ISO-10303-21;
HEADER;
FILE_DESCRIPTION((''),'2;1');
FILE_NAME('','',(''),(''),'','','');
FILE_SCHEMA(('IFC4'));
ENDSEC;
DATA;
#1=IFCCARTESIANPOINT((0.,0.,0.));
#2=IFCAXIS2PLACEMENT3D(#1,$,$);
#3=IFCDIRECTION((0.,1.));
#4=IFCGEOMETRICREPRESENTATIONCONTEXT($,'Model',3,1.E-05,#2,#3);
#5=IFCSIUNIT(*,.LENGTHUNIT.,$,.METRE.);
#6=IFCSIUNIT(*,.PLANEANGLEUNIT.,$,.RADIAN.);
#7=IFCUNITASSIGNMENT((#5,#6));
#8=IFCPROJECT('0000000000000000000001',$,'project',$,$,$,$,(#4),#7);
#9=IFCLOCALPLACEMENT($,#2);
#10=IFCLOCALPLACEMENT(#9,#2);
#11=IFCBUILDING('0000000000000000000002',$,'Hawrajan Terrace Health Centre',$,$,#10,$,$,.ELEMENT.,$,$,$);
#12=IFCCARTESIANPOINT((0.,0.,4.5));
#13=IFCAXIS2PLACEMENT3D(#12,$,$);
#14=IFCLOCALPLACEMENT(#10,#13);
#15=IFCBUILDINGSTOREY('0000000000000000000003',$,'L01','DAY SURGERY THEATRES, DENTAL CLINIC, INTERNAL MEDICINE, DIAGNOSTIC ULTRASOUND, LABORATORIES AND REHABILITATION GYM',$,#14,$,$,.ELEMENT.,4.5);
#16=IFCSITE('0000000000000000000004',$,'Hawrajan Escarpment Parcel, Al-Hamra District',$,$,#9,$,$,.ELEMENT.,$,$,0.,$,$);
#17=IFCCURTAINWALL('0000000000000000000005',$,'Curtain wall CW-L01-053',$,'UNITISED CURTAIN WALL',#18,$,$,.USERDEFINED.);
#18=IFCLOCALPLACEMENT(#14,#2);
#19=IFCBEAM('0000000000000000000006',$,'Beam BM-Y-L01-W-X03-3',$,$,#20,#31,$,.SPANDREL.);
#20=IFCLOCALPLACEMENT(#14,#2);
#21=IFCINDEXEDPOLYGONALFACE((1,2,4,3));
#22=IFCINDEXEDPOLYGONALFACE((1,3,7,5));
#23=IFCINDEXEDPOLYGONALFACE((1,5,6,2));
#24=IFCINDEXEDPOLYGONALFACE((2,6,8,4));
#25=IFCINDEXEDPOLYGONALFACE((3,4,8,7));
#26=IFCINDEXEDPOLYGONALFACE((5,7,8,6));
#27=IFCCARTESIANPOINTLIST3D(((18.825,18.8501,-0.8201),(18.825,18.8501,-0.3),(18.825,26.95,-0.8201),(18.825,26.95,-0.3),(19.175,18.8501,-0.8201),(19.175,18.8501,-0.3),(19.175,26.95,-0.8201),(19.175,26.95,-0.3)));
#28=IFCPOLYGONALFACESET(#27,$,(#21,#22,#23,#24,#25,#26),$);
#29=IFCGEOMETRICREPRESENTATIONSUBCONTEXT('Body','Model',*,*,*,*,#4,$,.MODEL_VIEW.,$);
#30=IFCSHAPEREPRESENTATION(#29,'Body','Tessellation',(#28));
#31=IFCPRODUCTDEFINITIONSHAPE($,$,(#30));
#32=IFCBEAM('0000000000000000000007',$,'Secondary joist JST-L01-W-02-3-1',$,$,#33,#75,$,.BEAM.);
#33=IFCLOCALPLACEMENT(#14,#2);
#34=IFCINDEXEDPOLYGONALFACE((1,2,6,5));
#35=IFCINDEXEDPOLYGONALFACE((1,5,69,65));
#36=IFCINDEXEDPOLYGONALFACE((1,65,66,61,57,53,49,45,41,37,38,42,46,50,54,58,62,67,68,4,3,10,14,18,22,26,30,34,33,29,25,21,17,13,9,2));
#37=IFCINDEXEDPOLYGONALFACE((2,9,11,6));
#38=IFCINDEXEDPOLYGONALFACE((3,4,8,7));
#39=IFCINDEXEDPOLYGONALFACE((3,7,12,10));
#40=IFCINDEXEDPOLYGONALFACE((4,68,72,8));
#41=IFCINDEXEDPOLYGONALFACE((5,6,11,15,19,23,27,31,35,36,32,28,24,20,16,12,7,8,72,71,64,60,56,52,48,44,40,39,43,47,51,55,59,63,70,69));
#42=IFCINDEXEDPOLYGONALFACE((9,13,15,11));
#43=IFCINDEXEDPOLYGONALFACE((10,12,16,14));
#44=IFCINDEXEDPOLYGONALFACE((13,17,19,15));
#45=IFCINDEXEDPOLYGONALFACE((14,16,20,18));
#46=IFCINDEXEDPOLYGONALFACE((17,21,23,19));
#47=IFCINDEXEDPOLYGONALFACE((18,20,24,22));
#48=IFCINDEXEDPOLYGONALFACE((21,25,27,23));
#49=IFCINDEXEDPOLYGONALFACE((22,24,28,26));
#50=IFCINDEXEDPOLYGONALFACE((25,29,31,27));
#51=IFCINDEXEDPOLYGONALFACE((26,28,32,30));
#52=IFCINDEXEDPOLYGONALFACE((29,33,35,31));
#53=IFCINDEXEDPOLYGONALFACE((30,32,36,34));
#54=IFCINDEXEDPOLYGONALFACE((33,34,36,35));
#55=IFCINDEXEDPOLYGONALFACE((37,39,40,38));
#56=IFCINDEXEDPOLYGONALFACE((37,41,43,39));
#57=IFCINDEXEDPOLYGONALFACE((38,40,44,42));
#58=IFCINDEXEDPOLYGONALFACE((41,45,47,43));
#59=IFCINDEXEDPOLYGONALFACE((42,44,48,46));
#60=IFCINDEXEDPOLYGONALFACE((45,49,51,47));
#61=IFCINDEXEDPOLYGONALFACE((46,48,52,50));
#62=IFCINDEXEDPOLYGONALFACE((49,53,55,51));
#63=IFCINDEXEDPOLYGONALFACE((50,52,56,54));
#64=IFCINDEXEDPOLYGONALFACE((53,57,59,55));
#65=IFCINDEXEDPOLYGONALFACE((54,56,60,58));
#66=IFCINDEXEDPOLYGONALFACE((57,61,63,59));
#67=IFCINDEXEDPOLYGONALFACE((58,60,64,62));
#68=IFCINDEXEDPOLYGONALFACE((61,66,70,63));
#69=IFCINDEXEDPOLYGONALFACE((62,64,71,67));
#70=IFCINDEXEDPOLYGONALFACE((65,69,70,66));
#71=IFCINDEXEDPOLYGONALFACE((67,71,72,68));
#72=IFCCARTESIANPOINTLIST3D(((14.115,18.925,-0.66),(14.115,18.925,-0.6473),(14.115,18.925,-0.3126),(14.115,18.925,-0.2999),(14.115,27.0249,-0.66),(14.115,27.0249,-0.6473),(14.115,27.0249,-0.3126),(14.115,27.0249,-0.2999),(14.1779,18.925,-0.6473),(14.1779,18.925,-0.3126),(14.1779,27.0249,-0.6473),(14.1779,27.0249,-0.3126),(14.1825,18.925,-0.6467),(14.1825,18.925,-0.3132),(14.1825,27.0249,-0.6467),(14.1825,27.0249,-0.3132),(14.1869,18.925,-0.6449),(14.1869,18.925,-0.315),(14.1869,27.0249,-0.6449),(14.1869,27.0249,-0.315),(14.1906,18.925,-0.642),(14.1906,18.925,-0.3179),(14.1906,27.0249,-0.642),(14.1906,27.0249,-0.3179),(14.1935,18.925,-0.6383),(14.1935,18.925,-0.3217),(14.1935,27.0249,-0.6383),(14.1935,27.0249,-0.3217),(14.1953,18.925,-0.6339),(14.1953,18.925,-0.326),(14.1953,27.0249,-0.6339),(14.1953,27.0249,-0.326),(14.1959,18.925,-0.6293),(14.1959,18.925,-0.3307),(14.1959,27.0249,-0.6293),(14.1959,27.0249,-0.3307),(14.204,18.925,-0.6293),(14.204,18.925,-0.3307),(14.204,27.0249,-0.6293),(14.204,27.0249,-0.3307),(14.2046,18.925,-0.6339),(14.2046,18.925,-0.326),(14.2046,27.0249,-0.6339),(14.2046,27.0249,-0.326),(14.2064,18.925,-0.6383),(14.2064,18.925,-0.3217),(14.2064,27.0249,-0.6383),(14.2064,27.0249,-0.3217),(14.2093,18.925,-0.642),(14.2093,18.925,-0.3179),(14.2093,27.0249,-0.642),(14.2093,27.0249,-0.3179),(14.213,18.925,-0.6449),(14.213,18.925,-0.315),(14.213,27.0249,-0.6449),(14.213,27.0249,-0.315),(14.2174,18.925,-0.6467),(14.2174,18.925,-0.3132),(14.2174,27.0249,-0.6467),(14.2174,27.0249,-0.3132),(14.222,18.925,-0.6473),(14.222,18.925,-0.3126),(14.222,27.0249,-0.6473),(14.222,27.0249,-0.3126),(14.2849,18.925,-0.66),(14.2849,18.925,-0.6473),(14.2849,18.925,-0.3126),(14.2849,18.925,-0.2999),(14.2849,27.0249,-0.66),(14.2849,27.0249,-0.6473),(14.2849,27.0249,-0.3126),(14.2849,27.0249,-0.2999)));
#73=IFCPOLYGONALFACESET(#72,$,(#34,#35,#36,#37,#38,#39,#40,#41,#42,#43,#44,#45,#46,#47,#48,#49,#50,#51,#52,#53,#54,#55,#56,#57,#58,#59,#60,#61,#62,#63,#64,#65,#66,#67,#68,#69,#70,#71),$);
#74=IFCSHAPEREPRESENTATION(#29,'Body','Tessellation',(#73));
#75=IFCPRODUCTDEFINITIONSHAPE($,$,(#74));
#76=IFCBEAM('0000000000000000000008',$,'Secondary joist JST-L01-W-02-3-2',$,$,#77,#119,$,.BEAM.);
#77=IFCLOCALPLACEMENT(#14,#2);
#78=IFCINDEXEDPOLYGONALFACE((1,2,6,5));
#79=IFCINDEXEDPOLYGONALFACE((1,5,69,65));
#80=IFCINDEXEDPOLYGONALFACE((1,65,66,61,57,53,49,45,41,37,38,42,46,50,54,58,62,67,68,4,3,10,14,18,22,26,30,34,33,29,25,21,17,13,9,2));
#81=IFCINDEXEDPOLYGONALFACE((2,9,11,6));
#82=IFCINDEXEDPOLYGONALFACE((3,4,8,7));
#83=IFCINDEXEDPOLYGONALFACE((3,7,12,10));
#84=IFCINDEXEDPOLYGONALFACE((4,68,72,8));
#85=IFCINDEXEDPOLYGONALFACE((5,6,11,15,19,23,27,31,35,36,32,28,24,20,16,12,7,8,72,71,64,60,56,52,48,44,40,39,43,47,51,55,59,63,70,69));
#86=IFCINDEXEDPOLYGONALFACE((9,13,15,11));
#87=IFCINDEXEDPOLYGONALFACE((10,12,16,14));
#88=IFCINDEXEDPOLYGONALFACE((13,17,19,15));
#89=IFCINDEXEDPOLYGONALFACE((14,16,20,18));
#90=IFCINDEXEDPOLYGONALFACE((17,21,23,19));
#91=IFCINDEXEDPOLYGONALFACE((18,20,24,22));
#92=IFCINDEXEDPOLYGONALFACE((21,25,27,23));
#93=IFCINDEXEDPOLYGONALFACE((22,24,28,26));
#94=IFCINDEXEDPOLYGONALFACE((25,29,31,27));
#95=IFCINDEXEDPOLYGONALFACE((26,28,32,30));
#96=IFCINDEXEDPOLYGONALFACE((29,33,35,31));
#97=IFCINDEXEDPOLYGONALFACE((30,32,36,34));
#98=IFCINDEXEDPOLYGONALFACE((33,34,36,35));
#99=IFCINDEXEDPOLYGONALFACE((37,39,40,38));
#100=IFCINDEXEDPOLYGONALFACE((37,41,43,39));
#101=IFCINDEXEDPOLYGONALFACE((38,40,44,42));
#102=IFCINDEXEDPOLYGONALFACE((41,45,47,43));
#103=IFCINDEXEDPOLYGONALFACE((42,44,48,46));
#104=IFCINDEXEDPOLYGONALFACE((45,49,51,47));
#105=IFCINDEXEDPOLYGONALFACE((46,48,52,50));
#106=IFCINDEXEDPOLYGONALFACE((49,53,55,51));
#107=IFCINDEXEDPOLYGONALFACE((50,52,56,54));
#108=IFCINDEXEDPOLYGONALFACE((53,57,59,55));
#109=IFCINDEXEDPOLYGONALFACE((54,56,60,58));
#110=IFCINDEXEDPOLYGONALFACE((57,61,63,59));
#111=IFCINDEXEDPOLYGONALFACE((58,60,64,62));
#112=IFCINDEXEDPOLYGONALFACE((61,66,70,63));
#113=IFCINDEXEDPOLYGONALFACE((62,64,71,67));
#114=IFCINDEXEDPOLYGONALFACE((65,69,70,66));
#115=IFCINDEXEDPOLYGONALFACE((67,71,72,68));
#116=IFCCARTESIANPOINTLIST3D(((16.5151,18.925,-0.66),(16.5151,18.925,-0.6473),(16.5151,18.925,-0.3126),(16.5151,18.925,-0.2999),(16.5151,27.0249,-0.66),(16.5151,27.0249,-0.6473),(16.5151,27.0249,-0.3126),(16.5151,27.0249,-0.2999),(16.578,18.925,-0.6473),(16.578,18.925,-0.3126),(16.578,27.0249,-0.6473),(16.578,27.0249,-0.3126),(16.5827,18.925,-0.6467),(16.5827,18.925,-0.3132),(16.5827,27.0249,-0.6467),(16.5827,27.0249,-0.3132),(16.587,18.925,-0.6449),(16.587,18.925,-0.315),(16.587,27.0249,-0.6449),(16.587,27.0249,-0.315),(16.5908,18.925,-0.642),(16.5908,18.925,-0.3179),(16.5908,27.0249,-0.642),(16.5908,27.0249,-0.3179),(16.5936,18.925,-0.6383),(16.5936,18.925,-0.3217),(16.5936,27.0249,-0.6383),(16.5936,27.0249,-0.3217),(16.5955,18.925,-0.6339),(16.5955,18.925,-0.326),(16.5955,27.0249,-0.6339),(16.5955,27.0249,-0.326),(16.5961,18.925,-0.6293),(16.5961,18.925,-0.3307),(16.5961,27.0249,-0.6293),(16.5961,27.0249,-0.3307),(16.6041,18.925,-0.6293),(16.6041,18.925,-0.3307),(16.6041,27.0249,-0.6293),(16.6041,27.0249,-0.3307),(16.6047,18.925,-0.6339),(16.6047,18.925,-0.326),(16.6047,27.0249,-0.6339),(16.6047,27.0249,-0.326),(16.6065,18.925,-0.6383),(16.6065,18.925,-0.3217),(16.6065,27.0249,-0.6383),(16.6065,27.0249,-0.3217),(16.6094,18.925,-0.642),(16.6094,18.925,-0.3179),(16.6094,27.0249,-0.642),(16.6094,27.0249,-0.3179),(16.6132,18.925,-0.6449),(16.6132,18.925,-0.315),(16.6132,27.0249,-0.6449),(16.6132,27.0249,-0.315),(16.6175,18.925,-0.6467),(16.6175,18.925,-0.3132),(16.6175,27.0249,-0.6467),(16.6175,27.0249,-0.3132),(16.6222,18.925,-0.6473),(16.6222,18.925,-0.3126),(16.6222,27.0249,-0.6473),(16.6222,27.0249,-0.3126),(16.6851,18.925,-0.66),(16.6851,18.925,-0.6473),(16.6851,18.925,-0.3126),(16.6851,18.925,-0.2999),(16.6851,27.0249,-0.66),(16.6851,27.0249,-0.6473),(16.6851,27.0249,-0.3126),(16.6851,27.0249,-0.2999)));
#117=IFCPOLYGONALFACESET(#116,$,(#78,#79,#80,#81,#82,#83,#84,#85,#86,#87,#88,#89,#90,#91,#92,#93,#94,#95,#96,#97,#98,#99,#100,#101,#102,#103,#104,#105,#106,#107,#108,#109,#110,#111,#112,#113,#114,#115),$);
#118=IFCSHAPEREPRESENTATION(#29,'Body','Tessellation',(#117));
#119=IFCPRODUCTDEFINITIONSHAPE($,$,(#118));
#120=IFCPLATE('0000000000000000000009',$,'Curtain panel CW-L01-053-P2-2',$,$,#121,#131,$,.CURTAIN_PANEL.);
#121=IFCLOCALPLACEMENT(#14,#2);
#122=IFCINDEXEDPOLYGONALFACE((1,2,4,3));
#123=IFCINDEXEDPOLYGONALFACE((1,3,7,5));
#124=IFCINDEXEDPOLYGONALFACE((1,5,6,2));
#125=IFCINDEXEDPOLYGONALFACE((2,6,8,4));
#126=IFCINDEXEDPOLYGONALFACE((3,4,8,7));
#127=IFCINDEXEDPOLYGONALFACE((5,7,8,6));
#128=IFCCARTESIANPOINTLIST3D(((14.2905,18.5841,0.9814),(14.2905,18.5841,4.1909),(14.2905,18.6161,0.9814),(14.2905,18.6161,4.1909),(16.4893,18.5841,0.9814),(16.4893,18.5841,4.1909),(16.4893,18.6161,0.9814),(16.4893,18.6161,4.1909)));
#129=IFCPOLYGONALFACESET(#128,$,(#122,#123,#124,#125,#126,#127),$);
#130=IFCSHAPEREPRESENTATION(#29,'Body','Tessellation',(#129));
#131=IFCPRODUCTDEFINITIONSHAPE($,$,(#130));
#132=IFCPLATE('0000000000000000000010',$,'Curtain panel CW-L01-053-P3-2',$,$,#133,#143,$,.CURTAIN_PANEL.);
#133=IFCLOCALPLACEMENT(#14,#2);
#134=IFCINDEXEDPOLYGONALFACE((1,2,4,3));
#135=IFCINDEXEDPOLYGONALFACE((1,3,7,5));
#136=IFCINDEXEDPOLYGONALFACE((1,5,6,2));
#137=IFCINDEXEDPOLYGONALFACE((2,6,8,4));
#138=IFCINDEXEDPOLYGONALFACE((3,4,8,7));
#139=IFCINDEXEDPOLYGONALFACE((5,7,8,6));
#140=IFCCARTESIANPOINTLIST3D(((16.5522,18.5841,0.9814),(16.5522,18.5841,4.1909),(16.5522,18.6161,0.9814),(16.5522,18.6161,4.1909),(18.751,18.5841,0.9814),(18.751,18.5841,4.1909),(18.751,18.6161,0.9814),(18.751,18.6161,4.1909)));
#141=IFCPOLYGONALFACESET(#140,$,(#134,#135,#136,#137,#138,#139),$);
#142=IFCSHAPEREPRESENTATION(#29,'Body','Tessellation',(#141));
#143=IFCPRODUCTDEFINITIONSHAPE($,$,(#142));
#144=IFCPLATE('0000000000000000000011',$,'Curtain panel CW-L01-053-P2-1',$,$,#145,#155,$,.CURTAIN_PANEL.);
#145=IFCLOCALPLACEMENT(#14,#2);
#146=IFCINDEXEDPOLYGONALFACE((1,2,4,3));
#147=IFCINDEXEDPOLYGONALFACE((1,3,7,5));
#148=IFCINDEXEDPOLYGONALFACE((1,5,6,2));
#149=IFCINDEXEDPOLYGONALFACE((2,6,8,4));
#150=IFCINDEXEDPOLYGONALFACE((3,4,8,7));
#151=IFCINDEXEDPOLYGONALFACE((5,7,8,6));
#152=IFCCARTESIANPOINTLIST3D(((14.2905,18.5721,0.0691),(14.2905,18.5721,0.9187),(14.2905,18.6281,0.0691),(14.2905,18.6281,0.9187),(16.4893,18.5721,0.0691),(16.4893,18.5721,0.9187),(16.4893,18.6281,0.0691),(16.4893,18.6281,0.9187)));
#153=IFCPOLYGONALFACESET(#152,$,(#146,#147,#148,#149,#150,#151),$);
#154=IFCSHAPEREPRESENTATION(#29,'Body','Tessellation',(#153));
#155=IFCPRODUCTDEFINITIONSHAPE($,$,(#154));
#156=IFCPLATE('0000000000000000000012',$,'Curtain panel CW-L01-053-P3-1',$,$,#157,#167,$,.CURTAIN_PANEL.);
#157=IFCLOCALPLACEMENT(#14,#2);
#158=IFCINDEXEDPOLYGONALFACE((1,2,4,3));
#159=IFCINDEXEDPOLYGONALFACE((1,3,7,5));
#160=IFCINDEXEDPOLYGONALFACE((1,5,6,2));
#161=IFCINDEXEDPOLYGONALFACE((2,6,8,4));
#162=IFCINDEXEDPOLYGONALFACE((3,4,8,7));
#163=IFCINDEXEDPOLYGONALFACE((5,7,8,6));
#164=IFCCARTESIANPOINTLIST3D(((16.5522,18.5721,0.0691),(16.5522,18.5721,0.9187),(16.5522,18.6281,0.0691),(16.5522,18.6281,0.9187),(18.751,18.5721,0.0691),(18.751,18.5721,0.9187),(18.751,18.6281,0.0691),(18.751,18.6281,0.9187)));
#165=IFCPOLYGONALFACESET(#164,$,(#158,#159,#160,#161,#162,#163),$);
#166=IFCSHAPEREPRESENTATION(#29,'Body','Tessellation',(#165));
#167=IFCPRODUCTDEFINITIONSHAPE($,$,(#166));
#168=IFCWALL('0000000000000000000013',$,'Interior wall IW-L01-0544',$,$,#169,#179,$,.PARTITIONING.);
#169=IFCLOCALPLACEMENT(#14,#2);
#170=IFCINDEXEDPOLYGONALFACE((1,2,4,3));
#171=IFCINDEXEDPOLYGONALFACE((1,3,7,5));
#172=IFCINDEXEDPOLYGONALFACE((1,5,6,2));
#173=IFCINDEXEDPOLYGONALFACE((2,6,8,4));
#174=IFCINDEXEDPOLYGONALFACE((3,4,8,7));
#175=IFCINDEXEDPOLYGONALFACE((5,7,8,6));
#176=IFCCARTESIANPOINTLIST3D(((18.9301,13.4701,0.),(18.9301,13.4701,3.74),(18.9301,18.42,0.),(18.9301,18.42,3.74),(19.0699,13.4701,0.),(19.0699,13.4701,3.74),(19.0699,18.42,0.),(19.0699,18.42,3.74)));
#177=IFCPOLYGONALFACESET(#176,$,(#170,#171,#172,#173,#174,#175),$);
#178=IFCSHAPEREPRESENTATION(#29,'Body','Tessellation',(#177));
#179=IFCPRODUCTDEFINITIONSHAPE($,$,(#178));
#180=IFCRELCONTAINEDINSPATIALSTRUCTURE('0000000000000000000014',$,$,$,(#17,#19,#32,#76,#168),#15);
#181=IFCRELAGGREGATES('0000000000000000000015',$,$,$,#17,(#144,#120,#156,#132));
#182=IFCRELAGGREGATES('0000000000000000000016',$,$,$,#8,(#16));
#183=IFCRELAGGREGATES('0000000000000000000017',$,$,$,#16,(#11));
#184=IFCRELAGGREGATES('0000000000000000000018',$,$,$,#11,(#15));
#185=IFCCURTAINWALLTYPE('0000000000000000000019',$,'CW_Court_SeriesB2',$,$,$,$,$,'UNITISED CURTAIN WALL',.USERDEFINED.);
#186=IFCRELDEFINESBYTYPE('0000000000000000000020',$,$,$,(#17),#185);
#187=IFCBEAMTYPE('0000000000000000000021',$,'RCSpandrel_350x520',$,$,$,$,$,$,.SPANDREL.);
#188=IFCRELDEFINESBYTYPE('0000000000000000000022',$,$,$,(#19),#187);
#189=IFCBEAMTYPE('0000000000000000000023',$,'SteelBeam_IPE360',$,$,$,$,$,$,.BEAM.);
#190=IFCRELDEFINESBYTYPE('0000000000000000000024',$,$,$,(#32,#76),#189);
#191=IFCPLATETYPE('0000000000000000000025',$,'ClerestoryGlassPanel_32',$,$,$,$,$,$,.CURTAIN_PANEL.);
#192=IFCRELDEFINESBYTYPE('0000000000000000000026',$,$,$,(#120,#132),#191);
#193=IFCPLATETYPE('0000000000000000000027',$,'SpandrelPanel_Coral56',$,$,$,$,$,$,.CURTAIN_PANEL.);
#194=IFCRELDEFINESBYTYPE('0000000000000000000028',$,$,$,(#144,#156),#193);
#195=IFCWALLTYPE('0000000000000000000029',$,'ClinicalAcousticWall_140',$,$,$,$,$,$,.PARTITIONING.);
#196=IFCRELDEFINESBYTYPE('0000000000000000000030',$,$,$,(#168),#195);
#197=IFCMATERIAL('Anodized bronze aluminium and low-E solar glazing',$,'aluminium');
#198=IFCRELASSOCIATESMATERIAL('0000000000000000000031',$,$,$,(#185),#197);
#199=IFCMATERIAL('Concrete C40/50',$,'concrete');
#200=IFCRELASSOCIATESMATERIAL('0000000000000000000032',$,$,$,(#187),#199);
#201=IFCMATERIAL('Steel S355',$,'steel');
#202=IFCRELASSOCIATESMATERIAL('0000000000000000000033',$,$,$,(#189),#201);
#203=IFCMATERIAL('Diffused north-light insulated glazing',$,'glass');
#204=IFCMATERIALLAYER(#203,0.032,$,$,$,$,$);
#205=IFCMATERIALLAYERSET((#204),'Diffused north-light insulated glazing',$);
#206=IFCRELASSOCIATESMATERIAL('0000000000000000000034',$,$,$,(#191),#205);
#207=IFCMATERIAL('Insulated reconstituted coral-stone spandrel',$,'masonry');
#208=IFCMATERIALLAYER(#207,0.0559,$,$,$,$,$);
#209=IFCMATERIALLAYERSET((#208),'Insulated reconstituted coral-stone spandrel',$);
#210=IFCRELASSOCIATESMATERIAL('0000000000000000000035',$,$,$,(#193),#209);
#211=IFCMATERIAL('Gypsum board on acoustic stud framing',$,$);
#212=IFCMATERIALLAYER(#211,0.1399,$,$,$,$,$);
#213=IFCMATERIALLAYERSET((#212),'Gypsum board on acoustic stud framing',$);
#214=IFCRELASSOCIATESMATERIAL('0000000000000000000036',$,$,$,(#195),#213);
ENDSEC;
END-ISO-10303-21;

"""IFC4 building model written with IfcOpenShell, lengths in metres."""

from ifc_helpers import new_model, si_unit, direction, frame, frame_2d, origin, origin_2d, place, context, subcontext, project, spatial, rectangle, i_section, extrude, material, layer, layer_set, material_profile, profile_set, type_object, element, aggregate, save


model = new_model("IFC4")

# Units and contexts
model_context = context("Model", 3, precision=1e-05, world=origin(), true_north=direction((0.0, 1.0)))
body_context = subcontext(model_context, "Body", "Model", "MODEL_VIEW")
ifc_project = project(units=[si_unit("LENGTHUNIT", "METRE"), si_unit("PLANEANGLEUNIT", "RADIAN")], contexts=[model_context])

# Site, building, storey
site_placement = place(None, origin())
site = spatial("IfcSite", under=ifc_project, at=site_placement, Name="Hawrajan Escarpment Parcel, Al-Hamra District", CompositionType="ELEMENT", RefElevation=0.0)
building_placement = place(site_placement, origin())
building = spatial("IfcBuilding", under=site, at=building_placement, Name="Hawrajan Terrace Health Centre", CompositionType="ELEMENT")
storey_placement = place(building_placement, frame((0.0, 0.0, 4.5)))
storey = spatial("IfcBuildingStorey", under=building, at=storey_placement, Name="L01", Description="DAY SURGERY THEATRES, DENTAL CLINIC, INTERNAL MEDICINE, DIAGNOSTIC ULTRASOUND, LABORATORIES AND REHABILITATION GYM", CompositionType="ELEMENT", Elevation=4.5)

# Curtain wall
ifc_material_1 = material(Name="Anodized bronze aluminium and low-E solar glazing", Category="aluminium")
curtain_wall_type = type_object("IfcCurtainWallType", Name="CW_Court_SeriesB2", ElementType="UNITISED CURTAIN WALL", PredefinedType="USERDEFINED", material=ifc_material_1)
curtain_wall_placement = place(storey_placement, origin())
curtain_wall = element("IfcCurtainWall", 1, at=curtain_wall_placement, inside=storey, type_object=curtain_wall_type, Name="Curtain wall CW-L01-053", ObjectType="UNITISED CURTAIN WALL", PredefinedType="USERDEFINED")

# Beams
ifc_material_2 = material(Name="Concrete C40/50", Category="concrete")
ifc_material_profile_1 = material_profile(ifc_material_2, rectangle(XDim=0.3501, YDim=0.52, at=origin_2d()), Name="RC SP 350x520")
ifc_profile_set_1 = profile_set([ifc_material_profile_1], Name="Concrete C40/50")
beam_type_1 = type_object("IfcBeamType", Name="RCSpandrel_350x520", PredefinedType="SPANDREL", material=ifc_profile_set_1)
beam_1_placement = place(storey_placement, frame((19.0, 18.8501, -0.5601), z_axis=(0.0, 1.0, 0.0), x_axis=(-1.0, 0.0, 0.0)))
element("IfcBeam", 2, at=beam_1_placement, inside=storey, type_object=beam_type_1, Name="Beam BM-Y-L01-W-X03-3", PredefinedType="SPANDREL", context=body_context, shape_type="SweptSolid", body=[
    extrude(rectangle(XDim=0.3501, YDim=0.52, at=origin_2d()), origin(), (0.0, 0.0, 1.0), 8.0999),
])
ifc_material_3 = material(Name="Steel S355", Category="steel")
ifc_material_profile_2 = material_profile(ifc_material_3, i_section(OverallWidth=0.1699, OverallDepth=0.3601, WebThickness=0.0081, FlangeThickness=0.0127, FilletRadius=0.0181, at=origin_2d()), Name="IPE 360")
ifc_profile_set_2 = profile_set([ifc_material_profile_2], Name="Steel S355")
beam_type_2 = type_object("IfcBeamType", Name="SteelBeam_IPE360", PredefinedType="BEAM", material=ifc_profile_set_2)
for number, where, z_axis, x_axis, name in (
    (3, (14.2, 18.925, -0.48), (0.0, 1.0, 0.0), (-1.0, 0.0, 0.0), "Secondary joist JST-L01-W-02-3-1"),
    (4, (16.6001, 18.925, -0.48), (0.0, 1.0, 0.0), (-1.0, 0.0, 0.0), "Secondary joist JST-L01-W-02-3-2"),
):
    element("IfcBeam", number, at=place(storey_placement, frame(where, z_axis=z_axis, x_axis=x_axis)), inside=storey, type_object=beam_type_2, Name=name, PredefinedType="BEAM", context=body_context, shape_type="SweptSolid", body=[
        extrude(i_section(OverallWidth=0.1699, OverallDepth=0.3601, WebThickness=0.0081, FlangeThickness=0.0127, FilletRadius=0.0181, at=origin_2d()), origin(), (0.0, 0.0, 1.0), 8.0999),
    ])

# Plates
ifc_material_4 = material(Name="Diffused north-light insulated glazing", Category="glass")
ifc_layer_1 = layer(ifc_material_4, 0.032)
ifc_layer_set_1 = layer_set([ifc_layer_1], Name="Diffused north-light insulated glazing")
plate_type_1 = type_object("IfcPlateType", Name="ClerestoryGlassPanel_32", PredefinedType="CURTAIN_PANEL", material=ifc_layer_set_1)
plate_1_placement = place(storey_placement, frame((15.3899, 18.6001, 0.9814), z_axis=(0.0, 0.0, 1.0), x_axis=(1.0, 0.0, 0.0)))
plate_1 = element("IfcPlate", 5, at=plate_1_placement, type_object=plate_type_1, Name="Curtain panel CW-L01-053-P2-2", PredefinedType="CURTAIN_PANEL", context=body_context, shape_type="SweptSolid", body=[
    extrude(rectangle(XDim=2.1987, YDim=0.032, at=origin_2d()), origin(), (0.0, 0.0, 1.0), 3.2095),
])
plate_2_placement = place(storey_placement, frame((17.6516, 18.6001, 0.9814), z_axis=(0.0, 0.0, 1.0), x_axis=(1.0, 0.0, 0.0)))
plate_2 = element("IfcPlate", 6, at=plate_2_placement, type_object=plate_type_1, Name="Curtain panel CW-L01-053-P3-2", PredefinedType="CURTAIN_PANEL", context=body_context, shape_type="SweptSolid", body=[
    extrude(rectangle(XDim=2.1987, YDim=0.032, at=origin_2d()), origin(), (0.0, 0.0, 1.0), 3.2095),
])
ifc_material_5 = material(Name="Insulated reconstituted coral-stone spandrel", Category="masonry")
ifc_layer_2 = layer(ifc_material_5, 0.0559)
ifc_layer_set_2 = layer_set([ifc_layer_2], Name="Insulated reconstituted coral-stone spandrel")
plate_type_2 = type_object("IfcPlateType", Name="SpandrelPanel_Coral56", PredefinedType="CURTAIN_PANEL", material=ifc_layer_set_2)
plate_3_placement = place(storey_placement, frame((15.3899, 18.6001, 0.0691), z_axis=(0.0, 0.0, 1.0), x_axis=(1.0, 0.0, 0.0)))
plate_3 = element("IfcPlate", 7, at=plate_3_placement, type_object=plate_type_2, Name="Curtain panel CW-L01-053-P2-1", PredefinedType="CURTAIN_PANEL", context=body_context, shape_type="SweptSolid", body=[
    extrude(rectangle(XDim=2.1987, YDim=0.0559, at=origin_2d()), origin(), (0.0, 0.0, 1.0), 0.8496),
])
plate_4_placement = place(storey_placement, frame((17.6516, 18.6001, 0.0691), z_axis=(0.0, 0.0, 1.0), x_axis=(1.0, 0.0, 0.0)))
plate_4 = element("IfcPlate", 8, at=plate_4_placement, type_object=plate_type_2, Name="Curtain panel CW-L01-053-P3-1", PredefinedType="CURTAIN_PANEL", context=body_context, shape_type="SweptSolid", body=[
    extrude(rectangle(XDim=2.1987, YDim=0.0559, at=origin_2d()), origin(), (0.0, 0.0, 1.0), 0.8496),
])
aggregate(curtain_wall, [plate_3, plate_1, plate_4, plate_2])

# Wall
ifc_material_6 = material(Name="Gypsum board on acoustic stud framing")
ifc_layer_3 = layer(ifc_material_6, 0.1399)
ifc_layer_set_3 = layer_set([ifc_layer_3], Name="Gypsum board on acoustic stud framing")
wall_type_1 = type_object("IfcWallType", Name="ClinicalAcousticWall_140", PredefinedType="PARTITIONING", material=ifc_layer_set_3)
wall_1_placement = place(storey_placement, frame((19.0, 13.47, 0.0), z_axis=(0.0, 0.0, 1.0), x_axis=(0.0, 1.0, 0.0)))
element("IfcWall", 9, at=wall_1_placement, inside=storey, type_object=wall_type_1, Name="Interior wall IW-L01-0544", PredefinedType="PARTITIONING", context=body_context, shape_type="SweptSolid", body=[
    extrude(rectangle(XDim=4.95, YDim=0.1399, at=frame_2d((2.4751, 0.0))), origin(), (0.0, 0.0, 1.0), 3.74),
])

save(model, "model.ifc")
